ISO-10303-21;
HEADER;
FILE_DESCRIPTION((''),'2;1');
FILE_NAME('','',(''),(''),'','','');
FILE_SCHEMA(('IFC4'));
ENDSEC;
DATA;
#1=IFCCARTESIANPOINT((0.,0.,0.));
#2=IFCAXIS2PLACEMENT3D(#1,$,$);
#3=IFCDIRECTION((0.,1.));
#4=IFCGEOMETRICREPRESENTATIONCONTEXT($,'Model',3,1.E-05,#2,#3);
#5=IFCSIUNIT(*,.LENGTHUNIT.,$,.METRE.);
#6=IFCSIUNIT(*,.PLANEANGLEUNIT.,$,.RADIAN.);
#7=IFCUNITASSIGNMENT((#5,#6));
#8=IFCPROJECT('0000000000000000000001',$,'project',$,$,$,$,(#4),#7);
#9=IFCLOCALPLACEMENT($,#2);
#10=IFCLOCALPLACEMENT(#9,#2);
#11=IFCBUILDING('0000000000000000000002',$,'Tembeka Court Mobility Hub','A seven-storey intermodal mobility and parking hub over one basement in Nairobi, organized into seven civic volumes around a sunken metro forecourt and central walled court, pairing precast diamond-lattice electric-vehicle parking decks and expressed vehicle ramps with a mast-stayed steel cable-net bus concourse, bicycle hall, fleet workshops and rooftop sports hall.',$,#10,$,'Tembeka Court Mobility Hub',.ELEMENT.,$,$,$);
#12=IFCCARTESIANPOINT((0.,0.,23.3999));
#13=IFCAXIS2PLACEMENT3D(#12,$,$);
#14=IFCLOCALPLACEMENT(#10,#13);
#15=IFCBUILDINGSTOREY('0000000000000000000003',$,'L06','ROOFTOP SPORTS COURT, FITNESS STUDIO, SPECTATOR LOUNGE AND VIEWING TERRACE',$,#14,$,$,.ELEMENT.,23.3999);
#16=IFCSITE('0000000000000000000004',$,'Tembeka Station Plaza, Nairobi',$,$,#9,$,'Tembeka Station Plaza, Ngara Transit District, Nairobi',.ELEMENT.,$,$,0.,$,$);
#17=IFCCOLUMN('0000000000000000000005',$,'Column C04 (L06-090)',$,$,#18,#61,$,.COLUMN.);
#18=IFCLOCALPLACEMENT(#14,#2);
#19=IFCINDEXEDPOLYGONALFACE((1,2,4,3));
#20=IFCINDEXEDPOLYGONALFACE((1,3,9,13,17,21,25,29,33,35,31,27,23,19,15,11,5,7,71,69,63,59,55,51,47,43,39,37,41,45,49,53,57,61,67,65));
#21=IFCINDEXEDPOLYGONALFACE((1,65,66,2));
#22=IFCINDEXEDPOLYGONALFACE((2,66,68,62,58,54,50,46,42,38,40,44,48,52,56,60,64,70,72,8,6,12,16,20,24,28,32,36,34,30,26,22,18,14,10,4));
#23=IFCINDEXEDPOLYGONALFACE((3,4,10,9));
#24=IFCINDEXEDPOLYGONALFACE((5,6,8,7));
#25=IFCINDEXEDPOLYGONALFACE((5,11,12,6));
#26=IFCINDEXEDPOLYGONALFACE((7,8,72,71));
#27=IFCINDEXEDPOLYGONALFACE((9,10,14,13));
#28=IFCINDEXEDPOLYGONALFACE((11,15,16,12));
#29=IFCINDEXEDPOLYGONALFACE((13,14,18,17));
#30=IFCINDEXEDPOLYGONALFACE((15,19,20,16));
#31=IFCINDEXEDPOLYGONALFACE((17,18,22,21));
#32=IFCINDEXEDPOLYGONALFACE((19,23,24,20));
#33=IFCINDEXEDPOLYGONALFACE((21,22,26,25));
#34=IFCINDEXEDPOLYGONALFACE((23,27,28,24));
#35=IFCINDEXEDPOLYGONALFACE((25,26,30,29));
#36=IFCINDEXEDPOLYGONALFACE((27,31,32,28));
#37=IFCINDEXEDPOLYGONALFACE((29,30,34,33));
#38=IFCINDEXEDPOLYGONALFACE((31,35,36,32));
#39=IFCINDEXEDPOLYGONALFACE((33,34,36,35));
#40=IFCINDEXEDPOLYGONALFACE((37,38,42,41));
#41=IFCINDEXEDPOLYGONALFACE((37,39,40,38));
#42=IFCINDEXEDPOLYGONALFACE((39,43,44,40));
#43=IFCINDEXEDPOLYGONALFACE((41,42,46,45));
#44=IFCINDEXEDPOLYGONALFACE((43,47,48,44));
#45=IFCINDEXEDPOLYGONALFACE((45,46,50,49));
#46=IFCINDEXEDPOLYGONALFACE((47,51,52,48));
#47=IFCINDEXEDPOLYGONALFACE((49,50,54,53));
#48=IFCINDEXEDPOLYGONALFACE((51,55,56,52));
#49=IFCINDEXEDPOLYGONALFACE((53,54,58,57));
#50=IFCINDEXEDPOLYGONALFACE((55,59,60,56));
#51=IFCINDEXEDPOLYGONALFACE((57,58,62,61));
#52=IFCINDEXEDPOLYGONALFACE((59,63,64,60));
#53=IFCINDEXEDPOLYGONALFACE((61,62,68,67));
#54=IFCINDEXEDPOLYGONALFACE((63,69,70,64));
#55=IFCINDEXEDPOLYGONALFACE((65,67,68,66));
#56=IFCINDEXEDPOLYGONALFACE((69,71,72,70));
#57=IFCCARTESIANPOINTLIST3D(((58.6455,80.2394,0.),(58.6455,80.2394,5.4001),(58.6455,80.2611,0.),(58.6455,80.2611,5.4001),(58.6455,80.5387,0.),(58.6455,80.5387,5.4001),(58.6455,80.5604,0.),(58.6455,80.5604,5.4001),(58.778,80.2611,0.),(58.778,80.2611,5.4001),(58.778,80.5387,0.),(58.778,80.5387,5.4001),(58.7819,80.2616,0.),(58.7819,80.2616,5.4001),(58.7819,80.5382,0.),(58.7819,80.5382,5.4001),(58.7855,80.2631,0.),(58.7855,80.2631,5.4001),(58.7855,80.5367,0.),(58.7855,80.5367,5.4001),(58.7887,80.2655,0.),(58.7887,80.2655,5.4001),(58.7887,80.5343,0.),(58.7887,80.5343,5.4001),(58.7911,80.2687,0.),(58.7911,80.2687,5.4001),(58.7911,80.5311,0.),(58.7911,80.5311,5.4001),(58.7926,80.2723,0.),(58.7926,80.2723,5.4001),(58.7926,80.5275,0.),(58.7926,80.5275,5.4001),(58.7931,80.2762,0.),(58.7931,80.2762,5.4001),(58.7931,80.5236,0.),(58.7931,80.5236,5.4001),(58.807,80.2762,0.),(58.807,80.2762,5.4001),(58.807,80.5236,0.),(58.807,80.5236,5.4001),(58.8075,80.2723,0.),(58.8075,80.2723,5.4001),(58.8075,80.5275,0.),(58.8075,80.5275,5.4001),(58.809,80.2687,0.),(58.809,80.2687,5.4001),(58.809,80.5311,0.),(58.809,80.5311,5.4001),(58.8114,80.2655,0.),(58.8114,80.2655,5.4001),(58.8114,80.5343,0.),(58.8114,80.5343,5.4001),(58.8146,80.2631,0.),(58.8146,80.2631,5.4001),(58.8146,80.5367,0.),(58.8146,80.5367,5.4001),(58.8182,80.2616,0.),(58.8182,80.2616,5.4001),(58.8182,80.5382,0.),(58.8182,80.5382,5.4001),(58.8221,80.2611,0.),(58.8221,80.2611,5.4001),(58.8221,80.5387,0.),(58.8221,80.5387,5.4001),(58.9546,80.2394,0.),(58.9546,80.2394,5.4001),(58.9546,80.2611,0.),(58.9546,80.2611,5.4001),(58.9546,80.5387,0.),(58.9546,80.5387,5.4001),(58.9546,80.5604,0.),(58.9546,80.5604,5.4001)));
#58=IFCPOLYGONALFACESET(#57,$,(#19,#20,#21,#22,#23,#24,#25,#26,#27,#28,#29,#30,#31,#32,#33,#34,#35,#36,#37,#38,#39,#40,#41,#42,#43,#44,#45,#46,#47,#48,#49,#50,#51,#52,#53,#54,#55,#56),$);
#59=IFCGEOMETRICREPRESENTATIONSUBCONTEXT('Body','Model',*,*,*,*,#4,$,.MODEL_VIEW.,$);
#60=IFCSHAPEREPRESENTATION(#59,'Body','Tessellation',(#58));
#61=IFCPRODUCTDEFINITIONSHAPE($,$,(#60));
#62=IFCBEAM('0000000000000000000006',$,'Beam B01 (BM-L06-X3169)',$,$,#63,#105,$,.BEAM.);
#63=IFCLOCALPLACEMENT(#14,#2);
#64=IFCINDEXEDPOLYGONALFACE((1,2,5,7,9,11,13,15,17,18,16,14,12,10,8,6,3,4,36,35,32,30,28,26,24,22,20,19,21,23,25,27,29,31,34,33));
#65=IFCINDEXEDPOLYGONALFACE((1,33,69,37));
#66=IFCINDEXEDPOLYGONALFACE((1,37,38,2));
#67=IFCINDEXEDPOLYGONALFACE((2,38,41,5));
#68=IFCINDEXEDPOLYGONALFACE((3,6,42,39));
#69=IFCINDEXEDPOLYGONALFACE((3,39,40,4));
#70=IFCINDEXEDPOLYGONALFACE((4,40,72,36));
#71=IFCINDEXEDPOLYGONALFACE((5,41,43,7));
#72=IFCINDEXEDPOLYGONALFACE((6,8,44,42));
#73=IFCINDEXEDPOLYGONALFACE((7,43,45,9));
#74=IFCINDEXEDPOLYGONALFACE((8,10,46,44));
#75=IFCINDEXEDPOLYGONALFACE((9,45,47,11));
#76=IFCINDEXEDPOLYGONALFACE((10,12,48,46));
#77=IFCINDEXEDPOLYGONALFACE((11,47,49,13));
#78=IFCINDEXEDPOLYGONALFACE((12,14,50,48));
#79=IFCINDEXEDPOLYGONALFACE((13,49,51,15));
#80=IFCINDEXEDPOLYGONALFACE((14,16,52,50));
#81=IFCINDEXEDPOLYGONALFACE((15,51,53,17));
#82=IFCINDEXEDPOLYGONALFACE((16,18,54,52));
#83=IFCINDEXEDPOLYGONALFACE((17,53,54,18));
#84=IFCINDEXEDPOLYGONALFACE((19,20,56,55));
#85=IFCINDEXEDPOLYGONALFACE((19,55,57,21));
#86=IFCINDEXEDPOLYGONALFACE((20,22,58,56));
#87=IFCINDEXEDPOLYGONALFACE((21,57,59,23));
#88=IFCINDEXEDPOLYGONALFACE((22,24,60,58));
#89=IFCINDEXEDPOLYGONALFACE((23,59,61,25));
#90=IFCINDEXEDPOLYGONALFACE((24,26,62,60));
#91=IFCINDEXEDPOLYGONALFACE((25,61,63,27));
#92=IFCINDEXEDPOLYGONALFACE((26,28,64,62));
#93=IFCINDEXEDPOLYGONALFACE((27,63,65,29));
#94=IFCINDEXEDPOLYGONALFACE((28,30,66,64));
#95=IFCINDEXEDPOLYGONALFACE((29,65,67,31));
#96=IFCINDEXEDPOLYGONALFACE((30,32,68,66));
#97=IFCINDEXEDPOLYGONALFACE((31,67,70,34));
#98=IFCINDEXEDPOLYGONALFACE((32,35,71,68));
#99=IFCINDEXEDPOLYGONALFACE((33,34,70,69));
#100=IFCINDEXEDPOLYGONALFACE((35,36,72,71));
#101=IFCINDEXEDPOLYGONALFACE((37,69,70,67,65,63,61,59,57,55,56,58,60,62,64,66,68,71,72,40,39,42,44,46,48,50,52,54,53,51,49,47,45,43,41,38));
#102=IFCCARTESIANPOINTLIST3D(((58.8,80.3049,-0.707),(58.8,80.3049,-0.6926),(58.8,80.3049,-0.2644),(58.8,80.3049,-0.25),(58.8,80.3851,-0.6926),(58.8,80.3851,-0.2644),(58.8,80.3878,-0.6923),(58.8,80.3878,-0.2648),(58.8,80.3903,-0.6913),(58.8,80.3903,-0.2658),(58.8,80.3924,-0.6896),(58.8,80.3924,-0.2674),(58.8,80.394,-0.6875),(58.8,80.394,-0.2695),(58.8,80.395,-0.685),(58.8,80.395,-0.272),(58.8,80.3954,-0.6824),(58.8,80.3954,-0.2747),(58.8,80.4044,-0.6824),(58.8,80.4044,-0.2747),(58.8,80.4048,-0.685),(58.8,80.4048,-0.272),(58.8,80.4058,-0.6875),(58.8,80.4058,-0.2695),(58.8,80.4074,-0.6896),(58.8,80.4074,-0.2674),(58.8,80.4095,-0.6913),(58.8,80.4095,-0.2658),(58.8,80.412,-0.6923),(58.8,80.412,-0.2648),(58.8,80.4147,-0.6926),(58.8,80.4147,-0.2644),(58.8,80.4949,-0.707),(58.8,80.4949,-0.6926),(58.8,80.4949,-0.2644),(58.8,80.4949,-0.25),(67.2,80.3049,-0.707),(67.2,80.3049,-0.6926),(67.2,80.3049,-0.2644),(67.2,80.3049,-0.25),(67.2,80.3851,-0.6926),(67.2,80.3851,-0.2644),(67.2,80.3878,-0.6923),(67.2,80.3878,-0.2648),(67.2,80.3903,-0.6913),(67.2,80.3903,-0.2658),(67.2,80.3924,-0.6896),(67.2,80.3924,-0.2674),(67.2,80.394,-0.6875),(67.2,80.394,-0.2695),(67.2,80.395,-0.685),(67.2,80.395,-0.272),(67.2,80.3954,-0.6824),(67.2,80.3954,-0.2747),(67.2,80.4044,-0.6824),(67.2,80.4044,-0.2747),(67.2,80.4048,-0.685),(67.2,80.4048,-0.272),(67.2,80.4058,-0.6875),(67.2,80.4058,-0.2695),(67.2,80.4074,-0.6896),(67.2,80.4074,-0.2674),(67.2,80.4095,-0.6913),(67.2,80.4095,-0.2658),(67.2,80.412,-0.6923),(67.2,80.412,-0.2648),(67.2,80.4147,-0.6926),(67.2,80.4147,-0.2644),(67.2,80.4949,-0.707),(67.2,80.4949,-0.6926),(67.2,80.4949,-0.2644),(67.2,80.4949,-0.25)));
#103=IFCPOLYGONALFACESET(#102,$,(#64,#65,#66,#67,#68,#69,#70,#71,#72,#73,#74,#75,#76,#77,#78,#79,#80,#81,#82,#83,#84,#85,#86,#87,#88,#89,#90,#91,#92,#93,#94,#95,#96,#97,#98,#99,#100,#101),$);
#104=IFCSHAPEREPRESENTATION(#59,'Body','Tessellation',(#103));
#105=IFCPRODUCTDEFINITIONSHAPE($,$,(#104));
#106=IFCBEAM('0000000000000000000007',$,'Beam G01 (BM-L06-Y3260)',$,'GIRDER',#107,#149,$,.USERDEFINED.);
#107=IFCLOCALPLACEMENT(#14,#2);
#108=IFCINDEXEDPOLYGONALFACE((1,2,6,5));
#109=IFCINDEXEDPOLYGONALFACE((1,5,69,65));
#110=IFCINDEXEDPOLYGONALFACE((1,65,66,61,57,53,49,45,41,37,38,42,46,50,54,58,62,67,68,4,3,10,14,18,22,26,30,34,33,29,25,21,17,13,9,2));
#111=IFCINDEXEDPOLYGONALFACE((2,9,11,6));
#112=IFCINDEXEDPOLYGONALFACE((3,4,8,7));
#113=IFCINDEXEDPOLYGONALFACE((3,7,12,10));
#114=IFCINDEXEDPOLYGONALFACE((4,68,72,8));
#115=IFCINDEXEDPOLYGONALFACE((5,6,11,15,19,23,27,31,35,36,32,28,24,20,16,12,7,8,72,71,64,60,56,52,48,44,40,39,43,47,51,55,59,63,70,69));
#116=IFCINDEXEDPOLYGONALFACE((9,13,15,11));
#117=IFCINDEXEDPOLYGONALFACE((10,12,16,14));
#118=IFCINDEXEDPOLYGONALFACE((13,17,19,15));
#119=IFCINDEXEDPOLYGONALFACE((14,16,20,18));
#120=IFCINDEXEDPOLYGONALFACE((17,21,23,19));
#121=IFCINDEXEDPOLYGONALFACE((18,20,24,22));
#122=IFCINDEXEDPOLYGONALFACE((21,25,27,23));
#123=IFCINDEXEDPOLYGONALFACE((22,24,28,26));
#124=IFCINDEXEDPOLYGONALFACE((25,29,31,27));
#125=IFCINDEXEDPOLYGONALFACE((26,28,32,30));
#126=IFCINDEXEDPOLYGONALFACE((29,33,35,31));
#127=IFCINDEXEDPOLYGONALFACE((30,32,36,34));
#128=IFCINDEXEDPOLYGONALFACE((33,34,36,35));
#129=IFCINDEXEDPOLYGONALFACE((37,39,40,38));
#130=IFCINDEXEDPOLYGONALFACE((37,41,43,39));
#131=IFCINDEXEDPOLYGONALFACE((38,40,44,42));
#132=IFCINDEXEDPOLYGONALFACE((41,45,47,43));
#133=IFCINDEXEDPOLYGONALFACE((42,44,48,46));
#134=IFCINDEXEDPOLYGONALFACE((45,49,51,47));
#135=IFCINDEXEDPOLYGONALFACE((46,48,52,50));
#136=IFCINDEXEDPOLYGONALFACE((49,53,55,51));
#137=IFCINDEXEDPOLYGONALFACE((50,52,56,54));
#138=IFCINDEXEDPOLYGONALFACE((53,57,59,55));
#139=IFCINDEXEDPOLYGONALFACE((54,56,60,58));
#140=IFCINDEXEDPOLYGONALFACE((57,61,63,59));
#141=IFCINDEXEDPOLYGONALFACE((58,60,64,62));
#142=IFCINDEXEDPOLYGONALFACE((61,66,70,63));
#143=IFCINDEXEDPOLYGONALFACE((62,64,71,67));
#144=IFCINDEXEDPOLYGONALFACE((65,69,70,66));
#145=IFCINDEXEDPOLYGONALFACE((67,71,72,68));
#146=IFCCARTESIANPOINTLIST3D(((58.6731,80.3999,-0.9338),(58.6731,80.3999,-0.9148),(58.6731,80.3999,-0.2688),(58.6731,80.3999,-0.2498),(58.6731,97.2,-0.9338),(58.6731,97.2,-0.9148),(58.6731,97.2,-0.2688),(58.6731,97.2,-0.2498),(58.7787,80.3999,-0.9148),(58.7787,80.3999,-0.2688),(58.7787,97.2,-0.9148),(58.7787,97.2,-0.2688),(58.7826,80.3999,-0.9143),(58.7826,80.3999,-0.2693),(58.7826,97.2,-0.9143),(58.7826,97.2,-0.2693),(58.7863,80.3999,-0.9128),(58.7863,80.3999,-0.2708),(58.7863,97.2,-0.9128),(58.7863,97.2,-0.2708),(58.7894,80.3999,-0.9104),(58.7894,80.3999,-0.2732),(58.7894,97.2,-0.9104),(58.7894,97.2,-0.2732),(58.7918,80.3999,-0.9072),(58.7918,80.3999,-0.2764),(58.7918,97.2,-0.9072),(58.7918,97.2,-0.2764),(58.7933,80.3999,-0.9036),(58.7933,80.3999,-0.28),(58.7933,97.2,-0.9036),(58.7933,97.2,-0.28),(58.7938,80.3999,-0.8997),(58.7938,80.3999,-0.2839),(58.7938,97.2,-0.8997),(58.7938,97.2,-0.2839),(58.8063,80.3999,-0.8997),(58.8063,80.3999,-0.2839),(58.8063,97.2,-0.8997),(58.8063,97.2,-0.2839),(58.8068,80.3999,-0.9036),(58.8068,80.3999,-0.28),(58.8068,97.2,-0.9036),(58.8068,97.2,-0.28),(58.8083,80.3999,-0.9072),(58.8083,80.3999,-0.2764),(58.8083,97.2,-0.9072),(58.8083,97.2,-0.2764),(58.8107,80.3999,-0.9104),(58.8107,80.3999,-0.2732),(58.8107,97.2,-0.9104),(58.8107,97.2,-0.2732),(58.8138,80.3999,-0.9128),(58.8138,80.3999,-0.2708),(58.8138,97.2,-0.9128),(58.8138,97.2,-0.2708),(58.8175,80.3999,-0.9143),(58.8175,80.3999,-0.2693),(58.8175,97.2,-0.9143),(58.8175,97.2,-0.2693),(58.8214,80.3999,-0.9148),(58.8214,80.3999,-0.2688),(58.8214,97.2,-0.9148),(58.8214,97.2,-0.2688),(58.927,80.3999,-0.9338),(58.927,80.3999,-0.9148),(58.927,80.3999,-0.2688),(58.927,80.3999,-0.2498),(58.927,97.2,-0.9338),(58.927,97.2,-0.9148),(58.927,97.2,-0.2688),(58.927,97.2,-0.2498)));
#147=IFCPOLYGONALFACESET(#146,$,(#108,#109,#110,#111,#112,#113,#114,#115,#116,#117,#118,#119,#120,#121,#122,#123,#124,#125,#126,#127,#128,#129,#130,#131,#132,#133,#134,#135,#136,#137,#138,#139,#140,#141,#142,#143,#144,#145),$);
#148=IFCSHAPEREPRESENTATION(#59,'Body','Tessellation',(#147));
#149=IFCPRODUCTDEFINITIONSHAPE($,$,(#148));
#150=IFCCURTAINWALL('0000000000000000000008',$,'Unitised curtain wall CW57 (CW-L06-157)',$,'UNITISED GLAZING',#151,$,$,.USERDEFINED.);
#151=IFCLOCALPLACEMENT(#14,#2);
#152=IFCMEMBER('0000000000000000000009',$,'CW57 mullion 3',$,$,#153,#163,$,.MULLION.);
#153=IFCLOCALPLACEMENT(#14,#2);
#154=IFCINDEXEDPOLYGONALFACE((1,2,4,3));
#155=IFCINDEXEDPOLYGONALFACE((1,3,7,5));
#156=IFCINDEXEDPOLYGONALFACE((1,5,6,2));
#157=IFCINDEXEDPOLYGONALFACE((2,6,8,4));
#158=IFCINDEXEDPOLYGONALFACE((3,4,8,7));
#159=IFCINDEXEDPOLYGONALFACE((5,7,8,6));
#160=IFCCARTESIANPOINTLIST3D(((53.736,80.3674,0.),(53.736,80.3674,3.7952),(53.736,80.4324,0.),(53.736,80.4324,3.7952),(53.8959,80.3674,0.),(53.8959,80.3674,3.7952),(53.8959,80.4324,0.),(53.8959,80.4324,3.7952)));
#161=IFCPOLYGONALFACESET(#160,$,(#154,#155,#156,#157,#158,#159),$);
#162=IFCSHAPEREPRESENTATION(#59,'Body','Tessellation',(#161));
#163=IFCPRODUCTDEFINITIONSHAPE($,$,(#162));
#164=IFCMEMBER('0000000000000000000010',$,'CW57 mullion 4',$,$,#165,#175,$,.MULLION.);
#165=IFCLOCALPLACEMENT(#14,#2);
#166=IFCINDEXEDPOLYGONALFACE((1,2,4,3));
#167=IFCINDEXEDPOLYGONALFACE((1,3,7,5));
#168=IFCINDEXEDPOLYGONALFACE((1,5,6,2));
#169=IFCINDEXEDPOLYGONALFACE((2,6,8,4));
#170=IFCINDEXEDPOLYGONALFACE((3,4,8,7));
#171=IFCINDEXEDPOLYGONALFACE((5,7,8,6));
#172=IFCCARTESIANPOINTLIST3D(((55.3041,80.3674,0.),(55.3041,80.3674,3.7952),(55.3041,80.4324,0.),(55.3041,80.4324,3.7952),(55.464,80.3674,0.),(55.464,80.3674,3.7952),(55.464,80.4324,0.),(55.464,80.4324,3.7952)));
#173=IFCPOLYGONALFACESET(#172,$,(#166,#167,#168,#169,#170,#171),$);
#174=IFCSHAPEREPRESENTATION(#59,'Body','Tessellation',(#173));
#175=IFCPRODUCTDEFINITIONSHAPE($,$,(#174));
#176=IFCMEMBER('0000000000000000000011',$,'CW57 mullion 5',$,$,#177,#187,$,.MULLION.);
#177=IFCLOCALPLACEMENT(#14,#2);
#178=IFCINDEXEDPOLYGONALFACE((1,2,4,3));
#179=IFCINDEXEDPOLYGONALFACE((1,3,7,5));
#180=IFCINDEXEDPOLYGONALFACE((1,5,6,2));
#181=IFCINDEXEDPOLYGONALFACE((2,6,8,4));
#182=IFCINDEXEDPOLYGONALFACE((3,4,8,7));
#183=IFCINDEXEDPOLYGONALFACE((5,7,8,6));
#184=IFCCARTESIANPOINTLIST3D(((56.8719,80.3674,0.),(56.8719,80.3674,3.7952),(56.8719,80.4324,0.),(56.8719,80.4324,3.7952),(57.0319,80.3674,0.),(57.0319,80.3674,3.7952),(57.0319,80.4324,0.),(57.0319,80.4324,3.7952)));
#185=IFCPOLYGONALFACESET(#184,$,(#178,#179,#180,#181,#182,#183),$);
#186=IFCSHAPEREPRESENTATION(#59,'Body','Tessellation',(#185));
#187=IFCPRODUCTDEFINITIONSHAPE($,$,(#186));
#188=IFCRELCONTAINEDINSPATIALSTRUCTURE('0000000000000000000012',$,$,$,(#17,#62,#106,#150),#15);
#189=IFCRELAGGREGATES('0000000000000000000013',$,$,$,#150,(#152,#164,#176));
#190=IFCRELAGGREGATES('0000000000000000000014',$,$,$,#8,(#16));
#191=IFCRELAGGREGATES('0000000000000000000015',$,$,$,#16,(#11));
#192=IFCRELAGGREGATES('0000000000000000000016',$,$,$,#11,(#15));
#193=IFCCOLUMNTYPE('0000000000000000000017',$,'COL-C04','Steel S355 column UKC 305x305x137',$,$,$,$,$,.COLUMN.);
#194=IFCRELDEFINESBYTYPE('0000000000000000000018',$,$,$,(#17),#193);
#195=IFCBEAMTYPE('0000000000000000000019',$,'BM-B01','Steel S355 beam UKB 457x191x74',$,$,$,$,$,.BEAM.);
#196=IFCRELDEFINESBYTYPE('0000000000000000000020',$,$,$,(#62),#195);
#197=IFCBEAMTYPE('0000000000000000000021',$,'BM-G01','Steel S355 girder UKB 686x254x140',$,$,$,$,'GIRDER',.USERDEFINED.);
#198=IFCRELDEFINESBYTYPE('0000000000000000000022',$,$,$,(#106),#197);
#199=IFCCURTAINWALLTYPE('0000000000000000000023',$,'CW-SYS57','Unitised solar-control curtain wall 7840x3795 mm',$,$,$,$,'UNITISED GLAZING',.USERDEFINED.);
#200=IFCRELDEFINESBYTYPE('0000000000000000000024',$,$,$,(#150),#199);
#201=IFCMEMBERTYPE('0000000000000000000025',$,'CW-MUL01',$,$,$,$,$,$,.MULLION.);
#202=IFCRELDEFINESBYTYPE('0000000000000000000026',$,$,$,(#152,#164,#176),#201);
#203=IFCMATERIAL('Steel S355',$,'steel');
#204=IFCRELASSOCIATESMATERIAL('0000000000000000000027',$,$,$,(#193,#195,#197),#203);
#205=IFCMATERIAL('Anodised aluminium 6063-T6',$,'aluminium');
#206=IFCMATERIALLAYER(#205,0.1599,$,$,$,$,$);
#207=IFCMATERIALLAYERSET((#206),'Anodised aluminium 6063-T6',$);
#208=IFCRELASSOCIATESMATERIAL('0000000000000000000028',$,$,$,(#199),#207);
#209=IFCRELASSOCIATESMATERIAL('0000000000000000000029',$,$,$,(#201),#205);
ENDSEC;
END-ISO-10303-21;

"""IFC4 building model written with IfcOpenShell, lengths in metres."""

from ifc_helpers import new_model, si_unit, direction, frame, origin, origin_2d, place, context, subcontext, project, spatial, rectangle, i_section, extrude, material, layer, layer_set, material_profile, profile_set, type_object, element, aggregate, save


model = new_model("IFC4")

# Units and contexts
model_context = context("Model", 3, precision=1e-05, world=origin(), true_north=direction((0.0, 1.0)))
body_context = subcontext(model_context, "Body", "Model", "MODEL_VIEW")
ifc_project = project(units=[si_unit("LENGTHUNIT", "METRE"), si_unit("PLANEANGLEUNIT", "RADIAN")], contexts=[model_context])

# Site, building, storey
site_placement = place(None, origin())
site = spatial("IfcSite", under=ifc_project, at=site_placement, Name="Tembeka Station Plaza, Nairobi", LongName="Tembeka Station Plaza, Ngara Transit District, Nairobi", CompositionType="ELEMENT", RefElevation=0.0)
building_placement = place(site_placement, origin())
building = spatial("IfcBuilding", under=site, at=building_placement, Name="Tembeka Court Mobility Hub", Description="A seven-storey intermodal mobility and parking hub over one basement in Nairobi, organized into seven civic volumes around a sunken metro forecourt and central walled court, pairing precast diamond-lattice electric-vehicle parking decks and expressed vehicle ramps with a mast-stayed steel cable-net bus concourse, bicycle hall, fleet workshops and rooftop sports hall.", LongName="Tembeka Court Mobility Hub", CompositionType="ELEMENT")
storey_placement = place(building_placement, frame((0.0, 0.0, 23.3999)))
storey = spatial("IfcBuildingStorey", under=building, at=storey_placement, Name="L06", Description="ROOFTOP SPORTS COURT, FITNESS STUDIO, SPECTATOR LOUNGE AND VIEWING TERRACE", CompositionType="ELEMENT", Elevation=23.3999)

# Column
ifc_material_1 = material(Name="Steel S355", Category="steel")
ifc_material_profile_1 = material_profile(ifc_material_1, i_section(OverallWidth=0.3091, OverallDepth=0.321, WebThickness=0.0139, FlangeThickness=0.0217, FilletRadius=0.0151, at=origin_2d()), Name="UKC 305x305x137")
ifc_profile_set_1 = profile_set([ifc_material_profile_1], Name="Steel S355")
column_type = type_object("IfcColumnType", Name="COL-C04", Description="Steel S355 column UKC 305x305x137", PredefinedType="COLUMN", material=ifc_profile_set_1)
column_placement = place(storey_placement, frame((58.8, 80.3999, 0.0), z_axis=(0.0, 0.0, 1.0), x_axis=(1.0, 0.0, 0.0)))
element("IfcColumn", 1, at=column_placement, inside=storey, type_object=column_type, Name="Column C04 (L06-090)", PredefinedType="COLUMN", context=body_context, shape_type="SweptSolid", body=[
    extrude(i_section(OverallWidth=0.3091, OverallDepth=0.321, WebThickness=0.0139, FlangeThickness=0.0217, FilletRadius=0.0151, at=origin_2d()), origin(), (0.0, 0.0, 1.0), 5.4001),
])

# Beams
ifc_material_profile_2 = material_profile(ifc_material_1, i_section(OverallWidth=0.1899, OverallDepth=0.457, WebThickness=0.009, FlangeThickness=0.0144, FilletRadius=0.0103, at=origin_2d()), Name="UKB 457x191x74")
ifc_profile_set_2 = profile_set([ifc_material_profile_2], Name="Steel S355")
beam_type_1 = type_object("IfcBeamType", Name="BM-B01", Description="Steel S355 beam UKB 457x191x74", PredefinedType="BEAM", material=ifc_profile_set_2)
beam_1_placement = place(storey_placement, frame((58.8, 80.3999, -0.4785), z_axis=(1.0, 0.0, 0.0), x_axis=(0.0, 1.0, 0.0)))
element("IfcBeam", 2, at=beam_1_placement, inside=storey, type_object=beam_type_1, Name="Beam B01 (BM-L06-X3169)", PredefinedType="BEAM", context=body_context, shape_type="SweptSolid", body=[
    extrude(i_section(OverallWidth=0.1899, OverallDepth=0.457, WebThickness=0.009, FlangeThickness=0.0144, FilletRadius=0.0103, at=origin_2d()), origin(), (0.0, 0.0, 1.0), 8.3999),
])
ifc_material_profile_3 = material_profile(ifc_material_1, i_section(OverallWidth=0.2539, OverallDepth=0.6841, WebThickness=0.0125, FlangeThickness=0.019, FilletRadius=0.0151, at=origin_2d()), Name="UKB 686x254x140")
ifc_profile_set_3 = profile_set([ifc_material_profile_3], Name="Steel S355")
beam_type_2 = type_object("IfcBeamType", Name="BM-G01", Description="Steel S355 girder UKB 686x254x140", ElementType="GIRDER", PredefinedType="USERDEFINED", material=ifc_profile_set_3)
beam_2_placement = place(storey_placement, frame((58.8, 80.3999, -0.5918), z_axis=(0.0, 1.0, 0.0), x_axis=(-1.0, 0.0, 0.0)))
element("IfcBeam", 3, at=beam_2_placement, inside=storey, type_object=beam_type_2, Name="Beam G01 (BM-L06-Y3260)", ObjectType="GIRDER", PredefinedType="USERDEFINED", context=body_context, shape_type="SweptSolid", body=[
    extrude(i_section(OverallWidth=0.2539, OverallDepth=0.6841, WebThickness=0.0125, FlangeThickness=0.019, FilletRadius=0.0151, at=origin_2d()), origin(), (0.0, 0.0, 1.0), 16.8),
])

# Curtain wall, members
ifc_material_2 = material(Name="Anodised aluminium 6063-T6", Category="aluminium")
ifc_layer_1 = layer(ifc_material_2, 0.1599)
ifc_layer_set_1 = layer_set([ifc_layer_1], Name="Anodised aluminium 6063-T6")
curtain_wall_type = type_object("IfcCurtainWallType", Name="CW-SYS57", Description="Unitised solar-control curtain wall 7840x3795 mm", ElementType="UNITISED GLAZING", PredefinedType="USERDEFINED", material=ifc_layer_set_1)
curtain_wall_1_placement = place(storey_placement, origin())
curtain_wall_1 = element("IfcCurtainWall", 4, at=curtain_wall_1_placement, inside=storey, type_object=curtain_wall_type, Name="Unitised curtain wall CW57 (CW-L06-157)", ObjectType="UNITISED GLAZING", PredefinedType="USERDEFINED")
ifc_material_profile_4 = material_profile(ifc_material_2, rectangle(XDim=0.0649, YDim=0.1599, at=origin_2d()), Name="ALU-MUL 65x160")
ifc_profile_set_4 = profile_set([ifc_material_profile_4], Name="Anodised aluminium 6063-T6")
member_type_1 = type_object("IfcMemberType", Name="CW-MUL01", PredefinedType="MULLION", material=ifc_profile_set_4)
member_1_placement = place(storey_placement, frame((53.8159, 80.3999, 0.0), z_axis=(0.0, 0.0, 1.0), x_axis=(0.0, 1.0, 0.0)))
member_1 = element("IfcMember", 5, at=member_1_placement, type_object=member_type_1, Name="CW57 mullion 3", PredefinedType="MULLION", context=body_context, shape_type="SweptSolid", body=[
    extrude(rectangle(XDim=0.0649, YDim=0.1599, at=origin_2d()), origin(), (0.0, 0.0, 1.0), 3.7952),
])
member_2_placement = place(storey_placement, frame((55.384, 80.3999, 0.0), z_axis=(0.0, 0.0, 1.0), x_axis=(0.0, 1.0, 0.0)))
member_2 = element("IfcMember", 6, at=member_2_placement, type_object=member_type_1, Name="CW57 mullion 4", PredefinedType="MULLION", context=body_context, shape_type="SweptSolid", body=[
    extrude(rectangle(XDim=0.0649, YDim=0.1599, at=origin_2d()), origin(), (0.0, 0.0, 1.0), 3.7952),
])
member_3_placement = place(storey_placement, frame((56.9519, 80.3999, 0.0), z_axis=(0.0, 0.0, 1.0), x_axis=(0.0, 1.0, 0.0)))
member_3 = element("IfcMember", 7, at=member_3_placement, type_object=member_type_1, Name="CW57 mullion 5", PredefinedType="MULLION", context=body_context, shape_type="SweptSolid", body=[
    extrude(rectangle(XDim=0.0649, YDim=0.1599, at=origin_2d()), origin(), (0.0, 0.0, 1.0), 3.7952),
])

aggregate(curtain_wall_1, [member_1, member_2, member_3])

save(model, "model.ifc")
